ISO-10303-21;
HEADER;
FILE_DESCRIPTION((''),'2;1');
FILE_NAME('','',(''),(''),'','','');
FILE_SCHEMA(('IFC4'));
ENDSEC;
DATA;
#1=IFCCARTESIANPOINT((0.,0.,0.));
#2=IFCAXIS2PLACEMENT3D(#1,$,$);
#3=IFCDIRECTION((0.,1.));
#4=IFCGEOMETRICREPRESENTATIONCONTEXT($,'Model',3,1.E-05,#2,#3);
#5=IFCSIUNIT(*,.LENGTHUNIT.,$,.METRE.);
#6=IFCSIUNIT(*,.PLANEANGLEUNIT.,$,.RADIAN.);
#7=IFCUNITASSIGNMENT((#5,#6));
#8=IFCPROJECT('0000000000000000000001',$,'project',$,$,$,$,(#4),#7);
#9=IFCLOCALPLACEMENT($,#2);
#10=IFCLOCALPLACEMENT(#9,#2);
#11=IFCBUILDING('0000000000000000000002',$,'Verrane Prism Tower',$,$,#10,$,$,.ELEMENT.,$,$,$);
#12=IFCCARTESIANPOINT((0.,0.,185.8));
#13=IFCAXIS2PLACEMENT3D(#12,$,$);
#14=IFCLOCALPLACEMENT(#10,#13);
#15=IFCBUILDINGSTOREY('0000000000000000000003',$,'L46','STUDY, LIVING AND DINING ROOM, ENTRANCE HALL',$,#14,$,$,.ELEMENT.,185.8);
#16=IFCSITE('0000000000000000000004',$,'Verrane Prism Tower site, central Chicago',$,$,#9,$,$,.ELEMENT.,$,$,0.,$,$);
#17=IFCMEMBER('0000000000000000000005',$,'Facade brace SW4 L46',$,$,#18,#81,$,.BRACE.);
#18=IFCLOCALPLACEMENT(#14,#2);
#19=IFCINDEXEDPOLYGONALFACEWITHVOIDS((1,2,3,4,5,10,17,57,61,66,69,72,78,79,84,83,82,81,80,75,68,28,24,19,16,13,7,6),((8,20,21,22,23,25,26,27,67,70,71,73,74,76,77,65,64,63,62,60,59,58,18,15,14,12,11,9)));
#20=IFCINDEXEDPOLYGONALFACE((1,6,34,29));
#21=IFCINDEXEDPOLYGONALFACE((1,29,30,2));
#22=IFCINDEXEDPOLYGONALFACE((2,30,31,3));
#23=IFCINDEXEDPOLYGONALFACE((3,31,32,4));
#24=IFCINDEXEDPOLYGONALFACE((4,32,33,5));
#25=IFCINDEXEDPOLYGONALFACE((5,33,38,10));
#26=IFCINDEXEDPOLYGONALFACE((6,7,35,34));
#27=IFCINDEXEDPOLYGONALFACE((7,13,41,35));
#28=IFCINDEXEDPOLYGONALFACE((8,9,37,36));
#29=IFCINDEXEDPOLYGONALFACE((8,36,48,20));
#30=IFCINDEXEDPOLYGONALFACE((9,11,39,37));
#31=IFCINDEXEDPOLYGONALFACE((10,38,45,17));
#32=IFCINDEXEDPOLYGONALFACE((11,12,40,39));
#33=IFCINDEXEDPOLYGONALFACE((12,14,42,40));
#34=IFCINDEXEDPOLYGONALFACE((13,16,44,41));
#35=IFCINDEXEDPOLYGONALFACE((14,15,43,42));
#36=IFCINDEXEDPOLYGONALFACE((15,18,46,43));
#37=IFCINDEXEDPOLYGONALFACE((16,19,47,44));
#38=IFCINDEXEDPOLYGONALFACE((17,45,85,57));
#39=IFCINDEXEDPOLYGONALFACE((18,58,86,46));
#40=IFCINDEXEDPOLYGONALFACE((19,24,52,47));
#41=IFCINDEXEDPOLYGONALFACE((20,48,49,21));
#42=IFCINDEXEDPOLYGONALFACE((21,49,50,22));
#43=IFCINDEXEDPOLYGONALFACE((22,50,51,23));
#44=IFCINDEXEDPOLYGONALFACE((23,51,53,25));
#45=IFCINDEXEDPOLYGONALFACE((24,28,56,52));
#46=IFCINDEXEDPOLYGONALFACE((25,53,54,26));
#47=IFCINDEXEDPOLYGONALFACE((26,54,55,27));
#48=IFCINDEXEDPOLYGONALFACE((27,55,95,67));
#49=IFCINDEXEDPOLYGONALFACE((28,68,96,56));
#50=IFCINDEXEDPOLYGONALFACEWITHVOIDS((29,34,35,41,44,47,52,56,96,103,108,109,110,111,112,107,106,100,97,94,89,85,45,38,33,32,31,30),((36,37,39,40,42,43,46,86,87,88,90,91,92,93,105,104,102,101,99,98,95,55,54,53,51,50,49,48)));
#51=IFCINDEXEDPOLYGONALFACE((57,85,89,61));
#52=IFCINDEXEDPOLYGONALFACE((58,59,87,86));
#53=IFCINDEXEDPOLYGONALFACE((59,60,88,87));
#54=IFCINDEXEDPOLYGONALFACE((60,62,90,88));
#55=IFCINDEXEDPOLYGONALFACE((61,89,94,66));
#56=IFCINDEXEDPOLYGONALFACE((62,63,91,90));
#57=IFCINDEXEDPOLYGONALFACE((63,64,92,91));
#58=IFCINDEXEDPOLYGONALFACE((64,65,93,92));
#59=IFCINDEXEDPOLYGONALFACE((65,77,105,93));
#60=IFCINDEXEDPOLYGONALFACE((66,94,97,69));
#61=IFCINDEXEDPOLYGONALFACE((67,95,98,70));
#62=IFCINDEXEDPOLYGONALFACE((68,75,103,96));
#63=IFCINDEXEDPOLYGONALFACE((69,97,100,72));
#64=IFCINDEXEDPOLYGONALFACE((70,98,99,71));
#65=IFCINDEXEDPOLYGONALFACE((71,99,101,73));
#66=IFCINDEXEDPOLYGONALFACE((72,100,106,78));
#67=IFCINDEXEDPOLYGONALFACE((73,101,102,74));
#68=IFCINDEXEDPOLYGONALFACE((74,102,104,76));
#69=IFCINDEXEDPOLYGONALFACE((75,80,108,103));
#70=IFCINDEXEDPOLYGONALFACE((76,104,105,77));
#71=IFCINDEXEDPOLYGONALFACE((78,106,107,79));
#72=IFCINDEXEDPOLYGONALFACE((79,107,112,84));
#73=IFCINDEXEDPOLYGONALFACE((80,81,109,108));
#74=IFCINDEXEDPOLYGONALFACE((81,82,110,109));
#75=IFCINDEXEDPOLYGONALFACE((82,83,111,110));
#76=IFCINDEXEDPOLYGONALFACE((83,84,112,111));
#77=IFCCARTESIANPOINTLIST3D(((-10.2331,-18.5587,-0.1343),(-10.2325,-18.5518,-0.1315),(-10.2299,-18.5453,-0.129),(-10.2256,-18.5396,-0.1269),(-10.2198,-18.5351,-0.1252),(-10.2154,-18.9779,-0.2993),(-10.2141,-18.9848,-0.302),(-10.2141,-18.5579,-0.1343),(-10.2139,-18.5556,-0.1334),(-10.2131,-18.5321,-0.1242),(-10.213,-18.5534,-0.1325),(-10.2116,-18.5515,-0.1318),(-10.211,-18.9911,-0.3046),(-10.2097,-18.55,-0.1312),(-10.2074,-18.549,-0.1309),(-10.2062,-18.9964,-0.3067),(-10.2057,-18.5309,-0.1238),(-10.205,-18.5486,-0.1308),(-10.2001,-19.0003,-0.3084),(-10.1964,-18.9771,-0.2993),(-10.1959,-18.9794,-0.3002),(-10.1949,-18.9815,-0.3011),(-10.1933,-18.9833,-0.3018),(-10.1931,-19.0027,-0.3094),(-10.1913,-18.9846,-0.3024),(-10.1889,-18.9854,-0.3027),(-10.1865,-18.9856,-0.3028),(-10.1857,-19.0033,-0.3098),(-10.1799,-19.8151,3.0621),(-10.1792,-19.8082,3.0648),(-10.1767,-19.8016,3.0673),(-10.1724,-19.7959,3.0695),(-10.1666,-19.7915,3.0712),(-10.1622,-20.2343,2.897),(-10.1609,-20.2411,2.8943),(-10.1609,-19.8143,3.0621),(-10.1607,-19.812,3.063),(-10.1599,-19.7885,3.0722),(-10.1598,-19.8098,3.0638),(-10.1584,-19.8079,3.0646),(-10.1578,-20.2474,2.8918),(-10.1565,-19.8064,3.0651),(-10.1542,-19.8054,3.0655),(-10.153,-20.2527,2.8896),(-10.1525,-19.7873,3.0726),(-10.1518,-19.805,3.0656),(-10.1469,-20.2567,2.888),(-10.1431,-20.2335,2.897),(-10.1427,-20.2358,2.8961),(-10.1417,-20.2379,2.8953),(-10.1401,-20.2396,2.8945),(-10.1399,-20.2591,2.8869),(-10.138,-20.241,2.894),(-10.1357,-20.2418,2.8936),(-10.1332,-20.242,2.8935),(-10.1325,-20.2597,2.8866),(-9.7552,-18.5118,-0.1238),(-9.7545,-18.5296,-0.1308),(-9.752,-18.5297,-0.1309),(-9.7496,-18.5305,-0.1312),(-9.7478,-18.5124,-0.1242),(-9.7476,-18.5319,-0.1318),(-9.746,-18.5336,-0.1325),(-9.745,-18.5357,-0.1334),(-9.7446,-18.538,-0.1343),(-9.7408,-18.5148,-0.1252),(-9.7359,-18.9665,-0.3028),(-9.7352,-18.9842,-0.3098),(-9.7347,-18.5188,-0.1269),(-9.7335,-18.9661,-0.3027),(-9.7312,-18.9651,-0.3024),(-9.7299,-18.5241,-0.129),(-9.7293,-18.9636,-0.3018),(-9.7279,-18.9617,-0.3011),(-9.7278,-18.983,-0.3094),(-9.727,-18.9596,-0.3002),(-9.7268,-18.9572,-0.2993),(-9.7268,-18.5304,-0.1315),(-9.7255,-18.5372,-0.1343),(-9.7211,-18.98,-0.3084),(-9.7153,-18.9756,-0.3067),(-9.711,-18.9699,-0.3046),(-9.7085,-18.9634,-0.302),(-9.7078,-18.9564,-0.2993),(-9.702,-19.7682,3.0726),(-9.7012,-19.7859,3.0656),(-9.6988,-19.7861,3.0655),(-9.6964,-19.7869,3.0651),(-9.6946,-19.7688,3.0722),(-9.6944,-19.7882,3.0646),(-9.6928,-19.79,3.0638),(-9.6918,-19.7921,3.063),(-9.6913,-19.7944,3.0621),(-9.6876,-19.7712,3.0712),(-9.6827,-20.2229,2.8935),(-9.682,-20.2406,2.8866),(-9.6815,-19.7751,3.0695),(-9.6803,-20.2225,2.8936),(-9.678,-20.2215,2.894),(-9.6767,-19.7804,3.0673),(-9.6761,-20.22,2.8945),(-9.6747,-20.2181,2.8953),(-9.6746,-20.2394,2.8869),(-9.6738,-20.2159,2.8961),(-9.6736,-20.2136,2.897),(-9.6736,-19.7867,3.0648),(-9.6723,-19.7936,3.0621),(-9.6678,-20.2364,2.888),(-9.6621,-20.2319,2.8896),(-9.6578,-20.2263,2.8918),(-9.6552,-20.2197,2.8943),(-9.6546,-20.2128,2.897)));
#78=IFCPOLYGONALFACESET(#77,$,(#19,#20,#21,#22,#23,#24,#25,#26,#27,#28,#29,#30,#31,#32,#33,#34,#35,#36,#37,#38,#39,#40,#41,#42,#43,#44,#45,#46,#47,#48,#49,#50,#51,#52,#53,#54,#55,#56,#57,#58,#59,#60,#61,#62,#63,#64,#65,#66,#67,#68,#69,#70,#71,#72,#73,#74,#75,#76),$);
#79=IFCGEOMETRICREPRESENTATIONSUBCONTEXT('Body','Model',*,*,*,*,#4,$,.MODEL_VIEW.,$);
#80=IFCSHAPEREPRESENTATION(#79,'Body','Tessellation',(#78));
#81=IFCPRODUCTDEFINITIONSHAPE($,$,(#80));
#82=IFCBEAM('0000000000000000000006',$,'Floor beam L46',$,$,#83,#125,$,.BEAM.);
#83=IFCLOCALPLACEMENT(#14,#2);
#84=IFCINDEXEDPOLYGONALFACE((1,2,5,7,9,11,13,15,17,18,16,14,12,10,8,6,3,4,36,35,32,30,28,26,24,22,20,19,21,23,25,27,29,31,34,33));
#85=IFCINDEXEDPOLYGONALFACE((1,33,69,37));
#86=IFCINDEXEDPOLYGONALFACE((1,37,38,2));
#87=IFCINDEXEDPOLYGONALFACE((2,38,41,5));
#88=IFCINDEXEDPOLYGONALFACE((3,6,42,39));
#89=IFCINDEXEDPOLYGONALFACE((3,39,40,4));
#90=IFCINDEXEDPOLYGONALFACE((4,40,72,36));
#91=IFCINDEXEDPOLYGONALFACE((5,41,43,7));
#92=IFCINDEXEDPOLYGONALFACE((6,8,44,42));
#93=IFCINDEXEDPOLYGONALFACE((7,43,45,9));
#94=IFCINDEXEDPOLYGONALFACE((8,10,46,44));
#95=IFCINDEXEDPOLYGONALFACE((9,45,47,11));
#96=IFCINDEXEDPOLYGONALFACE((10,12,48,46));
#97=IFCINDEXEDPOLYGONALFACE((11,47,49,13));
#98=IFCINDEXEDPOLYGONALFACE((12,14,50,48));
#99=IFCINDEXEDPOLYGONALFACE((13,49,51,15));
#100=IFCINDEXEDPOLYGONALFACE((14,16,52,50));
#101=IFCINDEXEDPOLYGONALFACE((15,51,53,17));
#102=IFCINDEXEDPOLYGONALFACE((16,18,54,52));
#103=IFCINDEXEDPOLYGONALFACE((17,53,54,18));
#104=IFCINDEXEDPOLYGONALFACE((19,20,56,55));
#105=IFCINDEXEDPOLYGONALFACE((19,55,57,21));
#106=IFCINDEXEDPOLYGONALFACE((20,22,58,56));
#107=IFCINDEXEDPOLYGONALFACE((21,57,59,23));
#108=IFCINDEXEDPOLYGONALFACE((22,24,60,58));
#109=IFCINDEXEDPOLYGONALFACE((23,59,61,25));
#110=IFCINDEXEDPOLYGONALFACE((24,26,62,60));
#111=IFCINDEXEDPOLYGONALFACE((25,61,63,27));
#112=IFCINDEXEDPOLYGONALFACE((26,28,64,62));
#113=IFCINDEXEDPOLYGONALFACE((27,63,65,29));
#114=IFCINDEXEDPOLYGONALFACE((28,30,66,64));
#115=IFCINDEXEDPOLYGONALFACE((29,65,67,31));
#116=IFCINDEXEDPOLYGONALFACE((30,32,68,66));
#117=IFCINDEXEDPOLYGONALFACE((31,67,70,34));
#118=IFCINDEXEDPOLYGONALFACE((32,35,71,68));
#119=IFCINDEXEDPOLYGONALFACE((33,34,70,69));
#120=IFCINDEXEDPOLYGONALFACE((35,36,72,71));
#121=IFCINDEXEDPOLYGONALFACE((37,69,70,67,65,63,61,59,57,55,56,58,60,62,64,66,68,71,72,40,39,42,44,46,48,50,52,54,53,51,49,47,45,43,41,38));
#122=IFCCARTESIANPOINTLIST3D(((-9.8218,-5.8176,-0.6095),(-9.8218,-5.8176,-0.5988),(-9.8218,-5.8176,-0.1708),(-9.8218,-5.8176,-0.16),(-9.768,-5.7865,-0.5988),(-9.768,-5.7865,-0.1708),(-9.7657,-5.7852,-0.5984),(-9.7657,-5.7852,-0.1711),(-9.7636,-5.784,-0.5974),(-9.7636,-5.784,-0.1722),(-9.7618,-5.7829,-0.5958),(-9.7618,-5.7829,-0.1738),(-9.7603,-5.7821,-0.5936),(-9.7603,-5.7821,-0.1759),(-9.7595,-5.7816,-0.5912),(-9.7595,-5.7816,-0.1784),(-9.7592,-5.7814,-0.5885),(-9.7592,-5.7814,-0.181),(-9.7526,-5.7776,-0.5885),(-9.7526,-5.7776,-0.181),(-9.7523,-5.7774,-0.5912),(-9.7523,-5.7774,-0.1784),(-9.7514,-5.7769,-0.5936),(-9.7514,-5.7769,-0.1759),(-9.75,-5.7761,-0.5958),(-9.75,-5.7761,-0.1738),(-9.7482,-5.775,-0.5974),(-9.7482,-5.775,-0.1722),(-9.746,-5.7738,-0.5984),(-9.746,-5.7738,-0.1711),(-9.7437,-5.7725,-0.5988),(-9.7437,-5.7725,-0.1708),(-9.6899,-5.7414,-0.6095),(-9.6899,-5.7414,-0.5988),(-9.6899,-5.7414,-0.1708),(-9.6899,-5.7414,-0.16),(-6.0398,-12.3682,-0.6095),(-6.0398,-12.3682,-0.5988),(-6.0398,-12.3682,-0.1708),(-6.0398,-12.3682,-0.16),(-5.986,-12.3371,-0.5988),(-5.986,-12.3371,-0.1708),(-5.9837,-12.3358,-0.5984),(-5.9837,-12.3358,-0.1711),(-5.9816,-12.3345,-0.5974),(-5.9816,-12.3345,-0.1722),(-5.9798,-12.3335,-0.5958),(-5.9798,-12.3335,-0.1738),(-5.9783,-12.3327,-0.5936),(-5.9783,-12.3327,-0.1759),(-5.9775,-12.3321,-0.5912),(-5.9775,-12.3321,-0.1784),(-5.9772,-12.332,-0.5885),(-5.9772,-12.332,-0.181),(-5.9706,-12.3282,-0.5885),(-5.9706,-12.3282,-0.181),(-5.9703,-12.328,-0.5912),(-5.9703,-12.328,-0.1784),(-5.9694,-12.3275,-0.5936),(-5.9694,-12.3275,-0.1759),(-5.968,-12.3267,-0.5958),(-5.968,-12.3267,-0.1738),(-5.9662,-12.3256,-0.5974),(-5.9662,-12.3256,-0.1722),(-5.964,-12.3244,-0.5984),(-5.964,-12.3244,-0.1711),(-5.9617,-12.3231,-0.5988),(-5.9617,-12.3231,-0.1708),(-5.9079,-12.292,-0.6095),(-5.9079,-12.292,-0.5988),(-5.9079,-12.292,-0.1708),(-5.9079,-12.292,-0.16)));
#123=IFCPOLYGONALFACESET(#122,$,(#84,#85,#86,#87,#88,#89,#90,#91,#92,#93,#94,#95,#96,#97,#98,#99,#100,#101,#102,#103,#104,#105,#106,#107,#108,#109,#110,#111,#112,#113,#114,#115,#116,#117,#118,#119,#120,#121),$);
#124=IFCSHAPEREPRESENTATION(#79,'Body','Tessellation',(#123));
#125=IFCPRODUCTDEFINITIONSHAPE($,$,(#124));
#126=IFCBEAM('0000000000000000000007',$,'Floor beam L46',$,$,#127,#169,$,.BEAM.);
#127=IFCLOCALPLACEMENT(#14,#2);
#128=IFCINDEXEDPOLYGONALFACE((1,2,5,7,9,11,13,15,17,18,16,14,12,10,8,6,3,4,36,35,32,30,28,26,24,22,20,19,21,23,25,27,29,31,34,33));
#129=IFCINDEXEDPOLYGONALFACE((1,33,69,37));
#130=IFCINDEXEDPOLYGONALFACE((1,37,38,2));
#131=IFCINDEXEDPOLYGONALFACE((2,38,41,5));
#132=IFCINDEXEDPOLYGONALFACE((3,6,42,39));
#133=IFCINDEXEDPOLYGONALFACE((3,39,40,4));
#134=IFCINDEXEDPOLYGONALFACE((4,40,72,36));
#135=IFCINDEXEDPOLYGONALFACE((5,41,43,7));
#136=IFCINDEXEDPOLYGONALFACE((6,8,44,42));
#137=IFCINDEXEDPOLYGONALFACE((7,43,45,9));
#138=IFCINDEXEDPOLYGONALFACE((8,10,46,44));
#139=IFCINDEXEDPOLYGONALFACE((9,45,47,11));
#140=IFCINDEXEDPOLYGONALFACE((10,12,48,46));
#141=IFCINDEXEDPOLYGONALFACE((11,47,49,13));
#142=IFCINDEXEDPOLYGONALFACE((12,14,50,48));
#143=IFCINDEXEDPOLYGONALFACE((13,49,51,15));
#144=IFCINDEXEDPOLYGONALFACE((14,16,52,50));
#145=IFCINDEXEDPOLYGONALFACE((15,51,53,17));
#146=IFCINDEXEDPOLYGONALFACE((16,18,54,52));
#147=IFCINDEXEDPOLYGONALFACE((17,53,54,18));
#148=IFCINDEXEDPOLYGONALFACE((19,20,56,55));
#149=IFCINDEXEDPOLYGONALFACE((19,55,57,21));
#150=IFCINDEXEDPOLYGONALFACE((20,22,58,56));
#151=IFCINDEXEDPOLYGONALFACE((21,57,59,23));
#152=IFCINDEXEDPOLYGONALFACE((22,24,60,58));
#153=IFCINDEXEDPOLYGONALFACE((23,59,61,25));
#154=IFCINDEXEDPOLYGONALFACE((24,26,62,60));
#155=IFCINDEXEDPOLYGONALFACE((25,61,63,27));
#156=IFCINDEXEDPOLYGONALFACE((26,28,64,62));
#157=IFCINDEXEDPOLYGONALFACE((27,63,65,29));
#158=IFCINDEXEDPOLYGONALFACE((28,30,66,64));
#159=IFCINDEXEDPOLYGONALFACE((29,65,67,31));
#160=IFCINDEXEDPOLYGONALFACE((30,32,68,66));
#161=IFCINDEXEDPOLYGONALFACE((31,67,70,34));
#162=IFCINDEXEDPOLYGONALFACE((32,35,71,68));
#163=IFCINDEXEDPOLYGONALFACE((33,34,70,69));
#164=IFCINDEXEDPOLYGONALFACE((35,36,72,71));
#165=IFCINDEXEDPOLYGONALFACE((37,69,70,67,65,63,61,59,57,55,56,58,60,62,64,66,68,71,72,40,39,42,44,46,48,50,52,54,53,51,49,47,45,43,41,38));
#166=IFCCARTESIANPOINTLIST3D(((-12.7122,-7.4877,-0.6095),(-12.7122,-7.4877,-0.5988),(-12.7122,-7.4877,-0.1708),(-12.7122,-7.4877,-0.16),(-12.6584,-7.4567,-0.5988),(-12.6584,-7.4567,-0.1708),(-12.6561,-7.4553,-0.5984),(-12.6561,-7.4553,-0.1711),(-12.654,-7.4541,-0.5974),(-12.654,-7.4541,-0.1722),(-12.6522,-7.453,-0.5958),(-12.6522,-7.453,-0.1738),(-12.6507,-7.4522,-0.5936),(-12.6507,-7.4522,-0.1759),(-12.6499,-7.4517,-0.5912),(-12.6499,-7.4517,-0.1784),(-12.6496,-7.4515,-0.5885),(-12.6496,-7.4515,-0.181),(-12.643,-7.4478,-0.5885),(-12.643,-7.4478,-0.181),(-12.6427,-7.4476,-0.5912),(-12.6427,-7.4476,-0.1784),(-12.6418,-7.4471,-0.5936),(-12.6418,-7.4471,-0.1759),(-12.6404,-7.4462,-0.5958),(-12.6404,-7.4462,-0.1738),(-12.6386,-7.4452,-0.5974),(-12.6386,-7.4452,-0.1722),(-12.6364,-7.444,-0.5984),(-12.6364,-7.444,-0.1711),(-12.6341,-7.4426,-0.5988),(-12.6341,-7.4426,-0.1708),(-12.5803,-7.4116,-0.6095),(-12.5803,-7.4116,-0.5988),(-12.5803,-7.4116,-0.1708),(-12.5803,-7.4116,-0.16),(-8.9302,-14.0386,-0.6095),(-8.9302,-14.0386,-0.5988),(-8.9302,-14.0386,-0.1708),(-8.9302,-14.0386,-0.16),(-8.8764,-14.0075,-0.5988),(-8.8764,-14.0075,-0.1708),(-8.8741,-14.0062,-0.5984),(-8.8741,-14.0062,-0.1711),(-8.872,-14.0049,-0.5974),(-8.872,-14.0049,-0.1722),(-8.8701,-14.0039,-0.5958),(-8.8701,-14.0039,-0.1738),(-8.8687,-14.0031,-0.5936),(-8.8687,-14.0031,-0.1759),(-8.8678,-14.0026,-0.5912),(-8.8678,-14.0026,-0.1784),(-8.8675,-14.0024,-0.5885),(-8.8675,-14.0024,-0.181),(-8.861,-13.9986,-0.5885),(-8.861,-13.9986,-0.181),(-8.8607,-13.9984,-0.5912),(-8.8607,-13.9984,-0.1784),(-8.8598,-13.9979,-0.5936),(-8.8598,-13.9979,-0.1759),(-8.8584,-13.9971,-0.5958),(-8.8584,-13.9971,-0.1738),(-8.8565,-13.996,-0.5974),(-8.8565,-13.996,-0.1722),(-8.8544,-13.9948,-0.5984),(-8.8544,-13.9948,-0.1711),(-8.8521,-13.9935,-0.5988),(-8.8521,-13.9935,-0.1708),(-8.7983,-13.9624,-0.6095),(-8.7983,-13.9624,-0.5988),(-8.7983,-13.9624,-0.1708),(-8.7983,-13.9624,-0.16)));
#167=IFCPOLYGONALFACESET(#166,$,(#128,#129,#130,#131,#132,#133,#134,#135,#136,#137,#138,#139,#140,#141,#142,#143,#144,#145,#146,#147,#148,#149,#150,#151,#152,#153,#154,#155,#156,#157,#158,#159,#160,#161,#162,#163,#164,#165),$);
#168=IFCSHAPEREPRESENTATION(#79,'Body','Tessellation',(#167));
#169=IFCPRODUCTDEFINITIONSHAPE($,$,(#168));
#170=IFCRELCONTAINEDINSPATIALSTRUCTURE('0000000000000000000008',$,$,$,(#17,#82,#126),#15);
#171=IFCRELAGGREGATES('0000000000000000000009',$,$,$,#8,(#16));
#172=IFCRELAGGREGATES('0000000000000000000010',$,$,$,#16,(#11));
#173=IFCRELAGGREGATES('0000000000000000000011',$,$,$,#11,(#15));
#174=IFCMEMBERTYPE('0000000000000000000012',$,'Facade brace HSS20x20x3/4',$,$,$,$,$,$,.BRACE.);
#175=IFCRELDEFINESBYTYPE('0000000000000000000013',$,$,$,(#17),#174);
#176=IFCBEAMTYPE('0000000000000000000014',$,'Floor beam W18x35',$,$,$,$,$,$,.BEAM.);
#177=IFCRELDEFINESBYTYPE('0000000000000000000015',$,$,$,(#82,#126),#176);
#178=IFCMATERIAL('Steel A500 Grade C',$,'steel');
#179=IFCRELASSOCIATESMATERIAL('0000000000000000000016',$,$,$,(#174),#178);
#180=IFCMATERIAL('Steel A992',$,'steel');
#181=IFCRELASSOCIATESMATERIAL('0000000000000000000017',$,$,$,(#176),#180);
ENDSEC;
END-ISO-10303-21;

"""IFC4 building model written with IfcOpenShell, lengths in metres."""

from ifc_helpers import new_model, si_unit, direction, frame, origin, origin_2d, place, context, subcontext, project, spatial, hollow_rectangle, i_section, extrude, material, material_profile, profile_set, type_object, element, save


model = new_model("IFC4")

# Units and contexts
model_context = context("Model", 3, precision=1e-05, world=origin(), true_north=direction((0.0, 1.0)))
body_context = subcontext(model_context, "Body", "Model", "MODEL_VIEW")
ifc_project = project(units=[si_unit("LENGTHUNIT", "METRE"), si_unit("PLANEANGLEUNIT", "RADIAN")], contexts=[model_context])

# Site, building, storey
site_placement = place(None, origin())
site = spatial("IfcSite", under=ifc_project, at=site_placement, Name="Verrane Prism Tower site, central Chicago", CompositionType="ELEMENT", RefElevation=0.0)
building_placement = place(site_placement, origin())
building = spatial("IfcBuilding", under=site, at=building_placement, Name="Verrane Prism Tower", CompositionType="ELEMENT")
storey_placement = place(building_placement, frame((0.0, 0.0, 185.8)))
storey = spatial("IfcBuildingStorey", under=building, at=storey_placement, Name="L46", Description="STUDY, LIVING AND DINING ROOM, ENTRANCE HALL", CompositionType="ELEMENT", Elevation=185.8)

# Member
ifc_material_1 = material(Name="Steel A500 Grade C", Category="steel")
ifc_material_profile_1 = material_profile(ifc_material_1, hollow_rectangle(XDim=0.5081, YDim=0.5081, WallThickness=0.019, InnerFilletRadius=0.0095, OuterFilletRadius=0.0286, at=origin_2d()), Name="HSS20x20x3/4")
ifc_profile_set_1 = profile_set([ifc_material_profile_1], Name="Steel A500 Grade C")
member_type_1 = type_object("IfcMemberType", Name="Facade brace HSS20x20x3/4", PredefinedType="BRACE", material=ifc_profile_set_1)
member_1_placement = place(storey_placement, frame((-9.9705, -18.7576, -0.2168), z_axis=(0.015495, -0.365776, 0.930574), x_axis=(0.999104, 0.042325, 0.0)))
element("IfcMember", 1, at=member_1_placement, inside=storey, type_object=member_type_1, Name="Facade brace SW4 L46", PredefinedType="BRACE", context=body_context, shape_type="SweptSolid", body=[
    extrude(hollow_rectangle(XDim=0.5081, YDim=0.5081, WallThickness=0.019, InnerFilletRadius=0.0095, OuterFilletRadius=0.0286, at=origin_2d()), origin(), (0.0, 0.0, 1.0), 3.4348),
])

# Beams
ifc_material_2 = material(Name="Steel A992", Category="steel")
ifc_material_profile_2 = material_profile(ifc_material_2, i_section(OverallWidth=0.1523, OverallDepth=0.4495, WebThickness=0.0076, FlangeThickness=0.0107, FilletRadius=0.0103, at=origin_2d()), Name="W18x35")
ifc_profile_set_2 = profile_set([ifc_material_profile_2], Name="Steel A992")
beam_type_1 = type_object("IfcBeamType", Name="Floor beam W18x35", PredefinedType="BEAM", material=ifc_profile_set_2)
beam_1_placement = place(storey_placement, frame((-5.9739, -12.3301, -0.3848), z_axis=(-0.500003, 0.866024, 0.0), x_axis=(-0.866024, -0.500003, 0.0)))
element("IfcBeam", 2, at=beam_1_placement, inside=storey, type_object=beam_type_1, Name="Floor beam L46", PredefinedType="BEAM", context=body_context, shape_type="SweptSolid", body=[
    extrude(i_section(OverallWidth=0.1523, OverallDepth=0.4495, WebThickness=0.0076, FlangeThickness=0.0107, FilletRadius=0.0103, at=origin_2d()), origin(), (0.0, 0.0, 1.0), 7.564),
])
beam_2_placement = place(storey_placement, frame((-8.8643, -14.0005, -0.3848), z_axis=(-0.499989, 0.866032, 0.0), x_axis=(-0.866032, -0.499989, 0.0)))
element("IfcBeam", 3, at=beam_2_placement, inside=storey, type_object=beam_type_1, Name="Floor beam L46", PredefinedType="BEAM", context=body_context, shape_type="SweptSolid", body=[
    extrude(i_section(OverallWidth=0.1523, OverallDepth=0.4495, WebThickness=0.0076, FlangeThickness=0.0107, FilletRadius=0.0103, at=origin_2d()), origin(), (0.0, 0.0, 1.0), 7.5642),
])

save(model, "model.ifc")
